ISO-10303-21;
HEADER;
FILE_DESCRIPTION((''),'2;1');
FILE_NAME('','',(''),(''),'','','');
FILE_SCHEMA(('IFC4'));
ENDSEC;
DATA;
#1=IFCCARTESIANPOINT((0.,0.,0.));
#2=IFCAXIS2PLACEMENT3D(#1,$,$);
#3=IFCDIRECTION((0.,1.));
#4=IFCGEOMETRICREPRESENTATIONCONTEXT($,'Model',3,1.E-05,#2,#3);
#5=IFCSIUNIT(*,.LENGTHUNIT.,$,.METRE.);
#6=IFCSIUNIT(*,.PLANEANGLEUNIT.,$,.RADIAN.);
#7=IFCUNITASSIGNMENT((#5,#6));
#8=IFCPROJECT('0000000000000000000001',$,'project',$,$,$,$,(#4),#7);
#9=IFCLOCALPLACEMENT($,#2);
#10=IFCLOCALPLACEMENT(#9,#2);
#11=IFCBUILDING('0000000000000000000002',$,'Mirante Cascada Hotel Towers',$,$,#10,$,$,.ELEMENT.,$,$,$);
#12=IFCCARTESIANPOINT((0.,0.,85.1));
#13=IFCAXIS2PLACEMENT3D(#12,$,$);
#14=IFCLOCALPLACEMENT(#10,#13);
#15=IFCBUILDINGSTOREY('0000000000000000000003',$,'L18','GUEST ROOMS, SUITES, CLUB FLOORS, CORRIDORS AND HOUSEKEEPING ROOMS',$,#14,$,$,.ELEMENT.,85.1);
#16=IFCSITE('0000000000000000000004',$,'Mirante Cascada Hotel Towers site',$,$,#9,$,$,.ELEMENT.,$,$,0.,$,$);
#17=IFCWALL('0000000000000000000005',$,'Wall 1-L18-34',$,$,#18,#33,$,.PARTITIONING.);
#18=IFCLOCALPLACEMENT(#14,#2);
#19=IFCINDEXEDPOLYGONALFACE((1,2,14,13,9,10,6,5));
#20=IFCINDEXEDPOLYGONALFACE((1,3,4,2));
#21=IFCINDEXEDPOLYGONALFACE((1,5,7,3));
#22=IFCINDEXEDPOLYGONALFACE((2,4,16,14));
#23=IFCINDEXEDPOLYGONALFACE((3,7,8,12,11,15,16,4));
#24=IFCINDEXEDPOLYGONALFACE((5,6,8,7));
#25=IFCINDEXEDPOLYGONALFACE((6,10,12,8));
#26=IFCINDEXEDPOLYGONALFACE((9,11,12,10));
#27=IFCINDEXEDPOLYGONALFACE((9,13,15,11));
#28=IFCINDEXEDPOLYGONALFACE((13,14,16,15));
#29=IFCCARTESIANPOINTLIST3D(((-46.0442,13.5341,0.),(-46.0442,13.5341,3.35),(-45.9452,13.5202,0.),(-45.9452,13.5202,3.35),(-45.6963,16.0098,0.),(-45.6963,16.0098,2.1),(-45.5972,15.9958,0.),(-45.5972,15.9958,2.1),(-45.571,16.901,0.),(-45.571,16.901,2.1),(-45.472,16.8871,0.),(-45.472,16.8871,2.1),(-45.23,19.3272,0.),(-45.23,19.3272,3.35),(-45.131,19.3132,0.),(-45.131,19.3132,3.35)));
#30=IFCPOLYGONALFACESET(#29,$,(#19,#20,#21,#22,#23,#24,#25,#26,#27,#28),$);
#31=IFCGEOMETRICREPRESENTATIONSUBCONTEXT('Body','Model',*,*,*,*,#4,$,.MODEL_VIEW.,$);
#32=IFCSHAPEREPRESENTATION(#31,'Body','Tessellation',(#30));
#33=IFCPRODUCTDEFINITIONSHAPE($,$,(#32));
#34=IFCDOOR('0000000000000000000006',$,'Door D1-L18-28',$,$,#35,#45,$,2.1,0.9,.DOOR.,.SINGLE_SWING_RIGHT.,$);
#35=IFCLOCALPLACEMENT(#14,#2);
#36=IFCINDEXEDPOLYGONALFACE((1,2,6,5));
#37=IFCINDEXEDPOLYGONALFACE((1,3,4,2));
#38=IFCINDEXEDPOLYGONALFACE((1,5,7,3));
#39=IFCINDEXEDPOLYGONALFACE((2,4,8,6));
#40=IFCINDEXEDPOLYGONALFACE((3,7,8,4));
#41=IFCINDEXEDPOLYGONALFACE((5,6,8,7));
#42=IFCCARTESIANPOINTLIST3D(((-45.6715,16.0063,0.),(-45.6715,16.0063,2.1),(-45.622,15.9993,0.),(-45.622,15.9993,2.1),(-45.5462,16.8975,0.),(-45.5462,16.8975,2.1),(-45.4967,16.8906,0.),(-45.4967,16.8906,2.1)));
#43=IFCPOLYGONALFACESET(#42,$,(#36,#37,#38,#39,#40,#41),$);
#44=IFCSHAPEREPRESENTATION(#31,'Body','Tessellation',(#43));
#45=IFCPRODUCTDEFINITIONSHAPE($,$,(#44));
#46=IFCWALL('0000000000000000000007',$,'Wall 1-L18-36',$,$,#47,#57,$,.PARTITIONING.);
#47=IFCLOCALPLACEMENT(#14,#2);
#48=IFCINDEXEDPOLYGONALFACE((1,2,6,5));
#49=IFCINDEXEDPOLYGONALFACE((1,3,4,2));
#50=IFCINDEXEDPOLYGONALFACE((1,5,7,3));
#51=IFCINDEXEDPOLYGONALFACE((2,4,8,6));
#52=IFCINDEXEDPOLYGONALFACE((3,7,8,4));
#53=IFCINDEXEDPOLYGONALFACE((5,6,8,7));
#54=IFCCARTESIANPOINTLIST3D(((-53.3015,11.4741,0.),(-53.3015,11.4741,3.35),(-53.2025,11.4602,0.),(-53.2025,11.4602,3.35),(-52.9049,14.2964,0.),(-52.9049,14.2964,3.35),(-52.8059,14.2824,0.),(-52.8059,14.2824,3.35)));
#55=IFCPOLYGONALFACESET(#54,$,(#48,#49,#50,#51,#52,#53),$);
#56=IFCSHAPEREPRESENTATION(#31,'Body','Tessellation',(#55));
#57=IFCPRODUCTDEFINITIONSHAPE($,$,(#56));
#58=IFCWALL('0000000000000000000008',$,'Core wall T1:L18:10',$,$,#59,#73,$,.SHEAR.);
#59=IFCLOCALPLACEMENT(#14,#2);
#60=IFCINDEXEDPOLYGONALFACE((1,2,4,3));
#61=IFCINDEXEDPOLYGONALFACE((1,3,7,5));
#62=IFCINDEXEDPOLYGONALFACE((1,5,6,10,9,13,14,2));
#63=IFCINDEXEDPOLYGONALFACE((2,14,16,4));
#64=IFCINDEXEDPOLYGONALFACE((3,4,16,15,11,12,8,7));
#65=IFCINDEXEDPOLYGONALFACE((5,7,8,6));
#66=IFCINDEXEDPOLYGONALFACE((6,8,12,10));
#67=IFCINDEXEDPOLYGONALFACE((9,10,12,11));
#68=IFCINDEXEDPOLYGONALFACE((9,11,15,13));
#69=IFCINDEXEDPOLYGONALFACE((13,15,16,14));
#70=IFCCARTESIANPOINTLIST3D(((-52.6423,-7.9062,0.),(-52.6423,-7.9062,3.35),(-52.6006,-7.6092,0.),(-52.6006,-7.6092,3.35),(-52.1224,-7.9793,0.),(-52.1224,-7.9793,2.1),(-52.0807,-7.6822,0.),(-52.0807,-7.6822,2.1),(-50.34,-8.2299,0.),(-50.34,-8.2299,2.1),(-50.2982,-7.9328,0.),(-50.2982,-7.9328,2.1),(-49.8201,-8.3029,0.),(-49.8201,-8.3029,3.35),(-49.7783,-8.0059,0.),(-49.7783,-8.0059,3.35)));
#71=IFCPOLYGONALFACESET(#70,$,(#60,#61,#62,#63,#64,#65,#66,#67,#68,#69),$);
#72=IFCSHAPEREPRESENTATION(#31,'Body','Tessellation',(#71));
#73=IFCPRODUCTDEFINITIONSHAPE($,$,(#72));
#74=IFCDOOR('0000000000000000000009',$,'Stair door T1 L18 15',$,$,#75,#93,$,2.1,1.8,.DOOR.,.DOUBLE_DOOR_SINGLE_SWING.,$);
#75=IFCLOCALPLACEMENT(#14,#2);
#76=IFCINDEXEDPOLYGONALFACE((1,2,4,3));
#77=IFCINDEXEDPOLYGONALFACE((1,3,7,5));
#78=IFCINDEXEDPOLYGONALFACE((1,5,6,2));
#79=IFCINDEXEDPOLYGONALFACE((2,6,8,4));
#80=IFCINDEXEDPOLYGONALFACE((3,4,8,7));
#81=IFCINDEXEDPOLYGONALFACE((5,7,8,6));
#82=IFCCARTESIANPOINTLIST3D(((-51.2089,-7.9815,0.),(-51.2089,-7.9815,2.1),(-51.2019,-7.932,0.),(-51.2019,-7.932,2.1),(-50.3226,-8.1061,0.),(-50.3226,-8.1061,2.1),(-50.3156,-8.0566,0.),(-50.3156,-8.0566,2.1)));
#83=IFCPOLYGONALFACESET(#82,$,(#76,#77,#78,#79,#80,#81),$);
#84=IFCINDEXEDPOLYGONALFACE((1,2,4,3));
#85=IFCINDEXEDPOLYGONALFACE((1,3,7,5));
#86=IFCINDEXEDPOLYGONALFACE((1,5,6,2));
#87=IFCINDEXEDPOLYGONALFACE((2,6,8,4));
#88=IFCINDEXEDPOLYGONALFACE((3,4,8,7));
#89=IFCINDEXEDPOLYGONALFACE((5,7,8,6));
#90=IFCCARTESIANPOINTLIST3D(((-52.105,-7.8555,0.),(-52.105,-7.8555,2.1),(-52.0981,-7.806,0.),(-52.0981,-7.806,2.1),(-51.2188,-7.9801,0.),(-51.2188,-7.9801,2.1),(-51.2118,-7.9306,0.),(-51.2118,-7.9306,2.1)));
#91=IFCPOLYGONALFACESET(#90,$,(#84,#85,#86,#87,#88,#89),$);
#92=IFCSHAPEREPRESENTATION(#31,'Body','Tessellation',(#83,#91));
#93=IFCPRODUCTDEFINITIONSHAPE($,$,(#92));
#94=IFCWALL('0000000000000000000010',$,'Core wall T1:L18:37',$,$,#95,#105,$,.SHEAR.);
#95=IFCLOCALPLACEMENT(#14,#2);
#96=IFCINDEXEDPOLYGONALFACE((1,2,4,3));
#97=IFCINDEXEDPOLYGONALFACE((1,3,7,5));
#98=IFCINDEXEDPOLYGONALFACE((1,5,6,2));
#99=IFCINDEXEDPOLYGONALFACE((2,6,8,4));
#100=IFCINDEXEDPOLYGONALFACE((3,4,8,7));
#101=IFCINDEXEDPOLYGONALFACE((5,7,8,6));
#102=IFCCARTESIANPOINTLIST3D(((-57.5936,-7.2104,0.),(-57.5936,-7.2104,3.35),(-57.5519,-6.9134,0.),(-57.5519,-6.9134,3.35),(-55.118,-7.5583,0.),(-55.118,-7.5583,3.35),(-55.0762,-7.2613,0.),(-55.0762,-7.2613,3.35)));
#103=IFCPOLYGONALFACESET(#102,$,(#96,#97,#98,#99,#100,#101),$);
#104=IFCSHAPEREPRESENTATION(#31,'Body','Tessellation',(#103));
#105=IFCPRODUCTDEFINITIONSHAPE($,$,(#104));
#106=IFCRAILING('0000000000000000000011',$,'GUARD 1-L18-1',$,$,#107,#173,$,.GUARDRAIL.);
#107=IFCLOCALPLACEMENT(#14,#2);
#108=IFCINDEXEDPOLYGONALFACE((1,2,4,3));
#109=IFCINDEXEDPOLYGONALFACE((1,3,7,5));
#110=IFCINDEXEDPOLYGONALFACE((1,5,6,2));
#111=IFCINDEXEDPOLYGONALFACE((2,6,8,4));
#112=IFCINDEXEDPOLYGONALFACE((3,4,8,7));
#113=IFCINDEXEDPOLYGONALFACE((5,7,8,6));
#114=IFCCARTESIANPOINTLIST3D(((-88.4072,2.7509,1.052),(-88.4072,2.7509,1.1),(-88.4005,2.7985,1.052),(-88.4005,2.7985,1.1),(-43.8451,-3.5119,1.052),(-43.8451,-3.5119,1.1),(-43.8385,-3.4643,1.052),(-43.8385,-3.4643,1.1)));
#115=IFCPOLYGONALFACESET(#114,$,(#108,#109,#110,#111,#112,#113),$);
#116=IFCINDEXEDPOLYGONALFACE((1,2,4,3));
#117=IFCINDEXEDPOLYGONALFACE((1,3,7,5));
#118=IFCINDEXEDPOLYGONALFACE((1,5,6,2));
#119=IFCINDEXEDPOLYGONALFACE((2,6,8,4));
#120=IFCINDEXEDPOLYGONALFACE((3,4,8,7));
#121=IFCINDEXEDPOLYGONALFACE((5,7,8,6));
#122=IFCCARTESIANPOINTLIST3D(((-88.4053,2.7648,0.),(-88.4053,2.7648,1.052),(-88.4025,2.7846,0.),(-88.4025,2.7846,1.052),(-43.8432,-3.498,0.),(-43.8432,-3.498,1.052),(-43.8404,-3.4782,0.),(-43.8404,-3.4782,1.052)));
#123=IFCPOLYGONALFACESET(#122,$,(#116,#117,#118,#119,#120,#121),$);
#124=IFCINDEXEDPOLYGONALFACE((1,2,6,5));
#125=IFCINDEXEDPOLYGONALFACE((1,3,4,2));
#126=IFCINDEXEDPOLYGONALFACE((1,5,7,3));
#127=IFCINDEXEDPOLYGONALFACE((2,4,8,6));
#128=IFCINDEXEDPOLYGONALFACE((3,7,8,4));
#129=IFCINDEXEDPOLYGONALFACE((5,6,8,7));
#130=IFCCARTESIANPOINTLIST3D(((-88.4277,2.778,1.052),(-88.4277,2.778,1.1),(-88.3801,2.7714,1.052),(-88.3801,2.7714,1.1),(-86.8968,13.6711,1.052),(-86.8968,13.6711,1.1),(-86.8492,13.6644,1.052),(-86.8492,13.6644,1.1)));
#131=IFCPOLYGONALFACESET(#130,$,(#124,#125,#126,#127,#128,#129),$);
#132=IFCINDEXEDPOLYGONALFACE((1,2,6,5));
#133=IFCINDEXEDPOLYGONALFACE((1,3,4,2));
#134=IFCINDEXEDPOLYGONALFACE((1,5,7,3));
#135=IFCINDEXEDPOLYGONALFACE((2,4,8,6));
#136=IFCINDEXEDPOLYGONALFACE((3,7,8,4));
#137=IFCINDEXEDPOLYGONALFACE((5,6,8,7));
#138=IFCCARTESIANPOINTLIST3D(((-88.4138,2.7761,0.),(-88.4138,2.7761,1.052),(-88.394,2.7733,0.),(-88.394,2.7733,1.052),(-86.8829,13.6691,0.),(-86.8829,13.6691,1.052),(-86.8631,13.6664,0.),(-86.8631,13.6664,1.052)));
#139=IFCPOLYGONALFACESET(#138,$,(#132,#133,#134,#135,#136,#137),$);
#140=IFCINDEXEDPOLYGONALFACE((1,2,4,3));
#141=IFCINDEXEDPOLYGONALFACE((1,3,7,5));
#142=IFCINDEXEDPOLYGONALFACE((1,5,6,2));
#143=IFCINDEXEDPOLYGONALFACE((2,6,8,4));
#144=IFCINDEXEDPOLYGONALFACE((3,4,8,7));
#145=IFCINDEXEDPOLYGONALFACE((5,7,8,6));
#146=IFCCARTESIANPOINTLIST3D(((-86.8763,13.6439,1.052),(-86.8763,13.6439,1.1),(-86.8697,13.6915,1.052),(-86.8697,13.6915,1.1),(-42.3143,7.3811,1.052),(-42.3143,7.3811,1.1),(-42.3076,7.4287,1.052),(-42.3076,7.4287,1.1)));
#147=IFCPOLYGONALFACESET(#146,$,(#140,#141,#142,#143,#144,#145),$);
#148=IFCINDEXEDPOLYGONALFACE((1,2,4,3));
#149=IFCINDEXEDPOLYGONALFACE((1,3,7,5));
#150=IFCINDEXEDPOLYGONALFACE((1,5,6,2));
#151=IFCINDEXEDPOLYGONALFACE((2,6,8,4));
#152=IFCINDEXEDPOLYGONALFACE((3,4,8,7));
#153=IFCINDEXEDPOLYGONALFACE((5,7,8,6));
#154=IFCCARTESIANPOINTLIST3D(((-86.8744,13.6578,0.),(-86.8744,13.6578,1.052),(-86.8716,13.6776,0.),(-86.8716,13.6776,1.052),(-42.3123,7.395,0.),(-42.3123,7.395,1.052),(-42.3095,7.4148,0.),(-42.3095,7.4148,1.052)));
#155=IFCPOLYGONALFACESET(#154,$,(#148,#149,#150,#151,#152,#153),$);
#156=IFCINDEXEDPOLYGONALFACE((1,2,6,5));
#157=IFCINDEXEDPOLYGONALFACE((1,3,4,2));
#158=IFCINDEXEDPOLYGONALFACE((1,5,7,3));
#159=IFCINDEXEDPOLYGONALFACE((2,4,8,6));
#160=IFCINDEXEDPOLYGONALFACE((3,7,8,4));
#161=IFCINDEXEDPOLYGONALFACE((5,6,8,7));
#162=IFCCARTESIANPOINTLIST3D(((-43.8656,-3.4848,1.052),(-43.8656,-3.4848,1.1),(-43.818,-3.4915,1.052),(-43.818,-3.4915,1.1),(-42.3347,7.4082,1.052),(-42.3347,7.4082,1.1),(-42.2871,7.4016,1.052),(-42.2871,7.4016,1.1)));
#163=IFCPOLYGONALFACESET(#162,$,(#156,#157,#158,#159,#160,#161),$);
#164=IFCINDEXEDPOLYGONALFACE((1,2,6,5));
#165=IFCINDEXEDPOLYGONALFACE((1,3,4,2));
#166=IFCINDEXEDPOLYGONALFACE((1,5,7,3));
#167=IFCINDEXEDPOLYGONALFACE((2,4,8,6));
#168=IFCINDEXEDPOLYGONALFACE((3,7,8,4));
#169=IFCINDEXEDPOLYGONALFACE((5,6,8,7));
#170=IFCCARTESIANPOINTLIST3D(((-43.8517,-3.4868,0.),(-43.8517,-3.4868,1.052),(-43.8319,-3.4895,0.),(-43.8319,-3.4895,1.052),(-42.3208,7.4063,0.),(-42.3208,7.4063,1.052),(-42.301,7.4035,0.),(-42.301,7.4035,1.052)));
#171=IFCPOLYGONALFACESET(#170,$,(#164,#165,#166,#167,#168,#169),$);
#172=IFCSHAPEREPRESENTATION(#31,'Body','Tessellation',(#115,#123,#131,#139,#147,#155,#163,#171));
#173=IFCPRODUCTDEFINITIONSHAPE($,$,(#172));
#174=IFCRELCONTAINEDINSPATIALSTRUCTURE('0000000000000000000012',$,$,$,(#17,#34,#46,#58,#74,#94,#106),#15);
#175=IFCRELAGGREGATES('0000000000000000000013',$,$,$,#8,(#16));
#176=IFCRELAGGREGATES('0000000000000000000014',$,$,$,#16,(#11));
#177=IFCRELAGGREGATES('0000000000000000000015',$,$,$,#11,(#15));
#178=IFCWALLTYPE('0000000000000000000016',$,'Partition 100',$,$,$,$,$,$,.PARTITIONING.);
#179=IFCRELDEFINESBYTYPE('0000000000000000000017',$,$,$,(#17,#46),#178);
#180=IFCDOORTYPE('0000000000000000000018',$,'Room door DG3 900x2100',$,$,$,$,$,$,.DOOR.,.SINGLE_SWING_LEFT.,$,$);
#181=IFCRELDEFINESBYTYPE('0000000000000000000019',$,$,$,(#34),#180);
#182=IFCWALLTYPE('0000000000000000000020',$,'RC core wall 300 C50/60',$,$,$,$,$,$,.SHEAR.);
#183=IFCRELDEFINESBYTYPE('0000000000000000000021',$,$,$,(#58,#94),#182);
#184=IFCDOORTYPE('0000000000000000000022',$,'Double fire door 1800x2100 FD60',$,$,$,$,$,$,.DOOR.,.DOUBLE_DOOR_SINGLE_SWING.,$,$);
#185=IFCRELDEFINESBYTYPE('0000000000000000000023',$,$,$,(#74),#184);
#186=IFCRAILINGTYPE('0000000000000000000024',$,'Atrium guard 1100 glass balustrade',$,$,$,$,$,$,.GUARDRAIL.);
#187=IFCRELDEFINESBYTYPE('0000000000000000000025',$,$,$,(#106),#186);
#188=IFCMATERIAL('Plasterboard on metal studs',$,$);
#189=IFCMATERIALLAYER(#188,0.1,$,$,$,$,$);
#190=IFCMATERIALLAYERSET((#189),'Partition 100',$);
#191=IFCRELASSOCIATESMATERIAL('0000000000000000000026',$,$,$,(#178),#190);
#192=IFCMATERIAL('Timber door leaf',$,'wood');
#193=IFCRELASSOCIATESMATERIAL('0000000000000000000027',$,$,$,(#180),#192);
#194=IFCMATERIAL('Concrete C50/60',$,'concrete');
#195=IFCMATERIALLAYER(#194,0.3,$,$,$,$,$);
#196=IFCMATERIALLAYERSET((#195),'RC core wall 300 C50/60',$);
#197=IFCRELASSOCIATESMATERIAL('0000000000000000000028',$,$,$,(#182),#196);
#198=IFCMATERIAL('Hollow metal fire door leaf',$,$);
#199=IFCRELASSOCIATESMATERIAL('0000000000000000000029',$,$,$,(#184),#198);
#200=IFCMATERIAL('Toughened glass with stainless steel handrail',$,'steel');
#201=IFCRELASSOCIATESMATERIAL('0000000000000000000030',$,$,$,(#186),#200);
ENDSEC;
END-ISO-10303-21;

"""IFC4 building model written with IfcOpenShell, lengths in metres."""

from ifc_helpers import new_model, si_unit, direction, frame, frame_2d, origin, origin_2d, place, context, subcontext, project, spatial, rectangle, extrude, material, layer, layer_set, type_object, element, fill, save


model = new_model("IFC4")

# Units and contexts
model_context = context("Model", 3, precision=1e-05, world=origin(), true_north=direction((0.0, 1.0)))
body_context = subcontext(model_context, "Body", "Model", "MODEL_VIEW")
ifc_project = project(units=[si_unit("LENGTHUNIT", "METRE"), si_unit("PLANEANGLEUNIT", "RADIAN")], contexts=[model_context])

# Site, building, storey
site_placement = place(None, origin())
site = spatial("IfcSite", under=ifc_project, at=site_placement, Name="Mirante Cascada Hotel Towers site", CompositionType="ELEMENT", RefElevation=0.0)
building_placement = place(site_placement, origin())
building = spatial("IfcBuilding", under=site, at=building_placement, Name="Mirante Cascada Hotel Towers", CompositionType="ELEMENT")
storey_placement = place(building_placement, frame((0.0, 0.0, 85.1)))
storey = spatial("IfcBuildingStorey", under=building, at=storey_placement, Name="L18", Description="GUEST ROOMS, SUITES, CLUB FLOORS, CORRIDORS AND HOUSEKEEPING ROOMS", CompositionType="ELEMENT", Elevation=85.1)

# Shared definitions
ifc_material_1 = material(Name="Plasterboard on metal studs")
ifc_layer_1 = layer(ifc_material_1, 0.1)
ifc_layer_set_1 = layer_set([ifc_layer_1], Name="Partition 100")
wall_type_1 = type_object("IfcWallType", Name="Partition 100", PredefinedType="PARTITIONING", material=ifc_layer_set_1)

# Wall, opening, door
wall_1_placement = place(storey_placement, frame((-45.1805, 19.3202, 0.0), z_axis=(0.0, 0.0, 1.0), x_axis=(-0.139179, -0.990267, 0.0)))
wall_1 = element("IfcWall", 1, at=wall_1_placement, inside=storey, type_object=wall_type_1, Name="Wall 1-L18-34", PredefinedType="PARTITIONING", context=body_context, shape_type="SweptSolid", body=[
    extrude(rectangle(XDim=5.85, YDim=0.1, at=frame_2d((2.925, 0.0))), origin(), (0.0, 0.0, 1.0), 3.35),
])
opening_1_placement = place(wall_1_placement, frame((2.45, 0.0, 0.0)))
opening_1 = element("IfcOpeningElement", 2, at=opening_1_placement, cuts=wall_1, PredefinedType="OPENING", context=body_context, shape_type="SweptSolid", body=[
    extrude(rectangle(XDim=0.9, YDim=2.1, at=frame_2d((0.45, 1.05))), frame((0.0, 0.05, 0.0), z_axis=(0.0, -1.0, 0.0), x_axis=(1.0, 0.0, 0.0)), (0.0, 0.0, 1.0), 0.1),
])
ifc_material_2 = material(Name="Timber door leaf", Category="wood")
door_type_1 = type_object("IfcDoorType", Name="Room door DG3 900x2100", OperationType="SINGLE_SWING_LEFT", PredefinedType="DOOR", material=ifc_material_2)
door_1_placement = place(opening_1_placement, frame((0.9, 0.0, 0.0), z_axis=(0.0, 0.0, 1.0), x_axis=(-1.0, 0.0, 0.0)))
door_1 = element("IfcDoor", 3, at=door_1_placement, inside=storey, type_object=door_type_1, Name="Door D1-L18-28", OperationType="SINGLE_SWING_RIGHT", OverallHeight=2.1, OverallWidth=0.9, PredefinedType="DOOR", context=body_context, shape_type="SweptSolid", body=[
    extrude(rectangle(XDim=0.9, YDim=2.1, at=frame_2d((0.45, 1.05))), frame((0.0, 0.025, 0.0), z_axis=(0.0, -1.0, 0.0), x_axis=(1.0, 0.0, 0.0)), (0.0, 0.0, 1.0), 0.05),
])
fill(opening_1, door_1)

# Wall
wall_2_placement = place(storey_placement, frame((-52.8554, 14.2894, 0.0), z_axis=(0.0, 0.0, 1.0), x_axis=(-0.139156, -0.99027, 0.0)))
element("IfcWall", 4, at=wall_2_placement, inside=storey, type_object=wall_type_1, Name="Wall 1-L18-36", PredefinedType="PARTITIONING", context=body_context, shape_type="SweptSolid", body=[
    extrude(rectangle(XDim=2.85, YDim=0.1, at=frame_2d((1.425, 0.0))), origin(), (0.0, 0.0, 1.0), 3.35),
])

# Wall, opening, door
ifc_material_3 = material(Name="Concrete C50/60", Category="concrete")
ifc_layer_2 = layer(ifc_material_3, 0.3)
ifc_layer_set_2 = layer_set([ifc_layer_2], Name="RC core wall 300 C50/60")
wall_type_2 = type_object("IfcWallType", Name="RC core wall 300 C50/60", PredefinedType="SHEAR", material=ifc_layer_set_2)
wall_3_placement = place(storey_placement, frame((-49.7992, -8.1544, 0.0), z_axis=(0.0, 0.0, 1.0), x_axis=(-0.990266, 0.139191, 0.0)))
wall_3 = element("IfcWall", 5, at=wall_3_placement, inside=storey, type_object=wall_type_2, Name="Core wall T1:L18:10", PredefinedType="SHEAR", context=body_context, shape_type="SweptSolid", body=[
    extrude(rectangle(XDim=2.85, YDim=0.3, at=frame_2d((1.425, 0.0))), origin(), (0.0, 0.0, 1.0), 3.35),
])
opening_2_placement = place(wall_3_placement, frame((0.525, 0.0, 0.0)))
opening_2 = element("IfcOpeningElement", 6, at=opening_2_placement, cuts=wall_3, PredefinedType="OPENING", context=body_context, shape_type="SweptSolid", body=[
    extrude(rectangle(XDim=1.8, YDim=2.1, at=frame_2d((0.9, 1.05))), frame((0.0, 0.15, 0.0), z_axis=(0.0, -1.0, 0.0), x_axis=(1.0, 0.0, 0.0)), (0.0, 0.0, 1.0), 0.3),
])
ifc_material_4 = material(Name="Hollow metal fire door leaf")
door_type_2 = type_object("IfcDoorType", Name="Double fire door 1800x2100 FD60", OperationType="DOUBLE_DOOR_SINGLE_SWING", PredefinedType="DOOR", material=ifc_material_4)
door_2_placement = place(opening_2_placement, origin())
door_2 = element("IfcDoor", 7, at=door_2_placement, inside=storey, type_object=door_type_2, Name="Stair door T1 L18 15", OperationType="DOUBLE_DOOR_SINGLE_SWING", OverallHeight=2.1, OverallWidth=1.8, PredefinedType="DOOR", context=body_context, shape_type="SweptSolid", body=[
    extrude(rectangle(XDim=0.895, YDim=2.1, at=frame_2d((0.4475, 1.05))), frame((0.0, 0.025, 0.0), z_axis=(0.0, -1.0, 0.0), x_axis=(1.0, 0.0, 0.0)), (0.0, 0.0, 1.0), 0.05),
    extrude(rectangle(XDim=0.895, YDim=2.1, at=frame_2d((1.3525, 1.05))), frame((0.0, 0.025, 0.0), z_axis=(0.0, -1.0, 0.0), x_axis=(1.0, 0.0, 0.0)), (0.0, 0.0, 1.0), 0.05),
])
fill(opening_2, door_2)

# Wall
wall_4_placement = place(storey_placement, frame((-55.0971, -7.4098, 0.0), z_axis=(0.0, 0.0, 1.0), x_axis=(-0.99027, 0.139159, 0.0)))
element("IfcWall", 8, at=wall_4_placement, inside=storey, type_object=wall_type_2, Name="Core wall T1:L18:37", PredefinedType="SHEAR", context=body_context, shape_type="SweptSolid", body=[
    extrude(rectangle(XDim=2.5, YDim=0.3, at=frame_2d((1.25, 0.0))), origin(), (0.0, 0.0, 1.0), 3.35),
])

# Railing
ifc_material_5 = material(Name="Toughened glass with stainless steel handrail", Category="steel")
railing_type = type_object("IfcRailingType", Name="Atrium guard 1100 glass balustrade", PredefinedType="GUARDRAIL", material=ifc_material_5)
railing_placement = place(storey_placement, frame((-43.8418, -3.4881, 0.0)))
element("IfcRailing", 9, at=railing_placement, inside=storey, type_object=railing_type, Name="GUARD 1-L18-1", PredefinedType="GUARDRAIL", context=body_context, shape_type="SweptSolid", body=[
    extrude(rectangle(XDim=0.048, YDim=0.048, at=origin_2d()), frame((0.0, 0.0, 1.076), z_axis=(-0.990268, 0.139173, 0.0), x_axis=(-0.139173, -0.990268, 0.0)), (0.0, 0.0, 1.0), 45.0),
    extrude(rectangle(XDim=0.02, YDim=1.052, at=origin_2d()), frame((0.0, 0.0, 0.526), z_axis=(-0.990268, 0.139173, 0.0), x_axis=(-0.139173, -0.990268, 0.0)), (0.0, 0.0, 1.0), 45.0),
    extrude(rectangle(XDim=0.048, YDim=0.048, at=origin_2d()), frame((-44.5621, 6.2628, 1.076), z_axis=(0.139172, 0.990268, 0.0), x_axis=(-0.990268, 0.139172, 0.0)), (0.0, 0.0, 1.0), 11.0001),
    extrude(rectangle(XDim=0.02, YDim=1.052, at=origin_2d()), frame((-44.5621, 6.2628, 0.526), z_axis=(0.139172, 0.990268, 0.0), x_axis=(-0.990268, 0.139172, 0.0)), (0.0, 0.0, 1.0), 11.0001),
    extrude(rectangle(XDim=0.048, YDim=0.048, at=origin_2d()), frame((-43.0312, 17.1558, 1.076), z_axis=(0.990268, -0.139173, 0.0), x_axis=(0.139173, 0.990268, 0.0)), (0.0, 0.0, 1.0), 45.0),
    extrude(rectangle(XDim=0.02, YDim=1.052, at=origin_2d()), frame((-43.0312, 17.1558, 0.526), z_axis=(0.990268, -0.139173, 0.0), x_axis=(0.139173, 0.990268, 0.0)), (0.0, 0.0, 1.0), 45.0),
    extrude(rectangle(XDim=0.048, YDim=0.048, at=origin_2d()), frame((1.5309, 10.893, 1.076), z_axis=(-0.139172, -0.990268, 0.0), x_axis=(0.990268, -0.139172, 0.0)), (0.0, 0.0, 1.0), 11.0001),
    extrude(rectangle(XDim=0.02, YDim=1.052, at=origin_2d()), frame((1.5309, 10.893, 0.526), z_axis=(-0.139172, -0.990268, 0.0), x_axis=(0.990268, -0.139172, 0.0)), (0.0, 0.0, 1.0), 11.0001),
])

save(model, "model.ifc")
